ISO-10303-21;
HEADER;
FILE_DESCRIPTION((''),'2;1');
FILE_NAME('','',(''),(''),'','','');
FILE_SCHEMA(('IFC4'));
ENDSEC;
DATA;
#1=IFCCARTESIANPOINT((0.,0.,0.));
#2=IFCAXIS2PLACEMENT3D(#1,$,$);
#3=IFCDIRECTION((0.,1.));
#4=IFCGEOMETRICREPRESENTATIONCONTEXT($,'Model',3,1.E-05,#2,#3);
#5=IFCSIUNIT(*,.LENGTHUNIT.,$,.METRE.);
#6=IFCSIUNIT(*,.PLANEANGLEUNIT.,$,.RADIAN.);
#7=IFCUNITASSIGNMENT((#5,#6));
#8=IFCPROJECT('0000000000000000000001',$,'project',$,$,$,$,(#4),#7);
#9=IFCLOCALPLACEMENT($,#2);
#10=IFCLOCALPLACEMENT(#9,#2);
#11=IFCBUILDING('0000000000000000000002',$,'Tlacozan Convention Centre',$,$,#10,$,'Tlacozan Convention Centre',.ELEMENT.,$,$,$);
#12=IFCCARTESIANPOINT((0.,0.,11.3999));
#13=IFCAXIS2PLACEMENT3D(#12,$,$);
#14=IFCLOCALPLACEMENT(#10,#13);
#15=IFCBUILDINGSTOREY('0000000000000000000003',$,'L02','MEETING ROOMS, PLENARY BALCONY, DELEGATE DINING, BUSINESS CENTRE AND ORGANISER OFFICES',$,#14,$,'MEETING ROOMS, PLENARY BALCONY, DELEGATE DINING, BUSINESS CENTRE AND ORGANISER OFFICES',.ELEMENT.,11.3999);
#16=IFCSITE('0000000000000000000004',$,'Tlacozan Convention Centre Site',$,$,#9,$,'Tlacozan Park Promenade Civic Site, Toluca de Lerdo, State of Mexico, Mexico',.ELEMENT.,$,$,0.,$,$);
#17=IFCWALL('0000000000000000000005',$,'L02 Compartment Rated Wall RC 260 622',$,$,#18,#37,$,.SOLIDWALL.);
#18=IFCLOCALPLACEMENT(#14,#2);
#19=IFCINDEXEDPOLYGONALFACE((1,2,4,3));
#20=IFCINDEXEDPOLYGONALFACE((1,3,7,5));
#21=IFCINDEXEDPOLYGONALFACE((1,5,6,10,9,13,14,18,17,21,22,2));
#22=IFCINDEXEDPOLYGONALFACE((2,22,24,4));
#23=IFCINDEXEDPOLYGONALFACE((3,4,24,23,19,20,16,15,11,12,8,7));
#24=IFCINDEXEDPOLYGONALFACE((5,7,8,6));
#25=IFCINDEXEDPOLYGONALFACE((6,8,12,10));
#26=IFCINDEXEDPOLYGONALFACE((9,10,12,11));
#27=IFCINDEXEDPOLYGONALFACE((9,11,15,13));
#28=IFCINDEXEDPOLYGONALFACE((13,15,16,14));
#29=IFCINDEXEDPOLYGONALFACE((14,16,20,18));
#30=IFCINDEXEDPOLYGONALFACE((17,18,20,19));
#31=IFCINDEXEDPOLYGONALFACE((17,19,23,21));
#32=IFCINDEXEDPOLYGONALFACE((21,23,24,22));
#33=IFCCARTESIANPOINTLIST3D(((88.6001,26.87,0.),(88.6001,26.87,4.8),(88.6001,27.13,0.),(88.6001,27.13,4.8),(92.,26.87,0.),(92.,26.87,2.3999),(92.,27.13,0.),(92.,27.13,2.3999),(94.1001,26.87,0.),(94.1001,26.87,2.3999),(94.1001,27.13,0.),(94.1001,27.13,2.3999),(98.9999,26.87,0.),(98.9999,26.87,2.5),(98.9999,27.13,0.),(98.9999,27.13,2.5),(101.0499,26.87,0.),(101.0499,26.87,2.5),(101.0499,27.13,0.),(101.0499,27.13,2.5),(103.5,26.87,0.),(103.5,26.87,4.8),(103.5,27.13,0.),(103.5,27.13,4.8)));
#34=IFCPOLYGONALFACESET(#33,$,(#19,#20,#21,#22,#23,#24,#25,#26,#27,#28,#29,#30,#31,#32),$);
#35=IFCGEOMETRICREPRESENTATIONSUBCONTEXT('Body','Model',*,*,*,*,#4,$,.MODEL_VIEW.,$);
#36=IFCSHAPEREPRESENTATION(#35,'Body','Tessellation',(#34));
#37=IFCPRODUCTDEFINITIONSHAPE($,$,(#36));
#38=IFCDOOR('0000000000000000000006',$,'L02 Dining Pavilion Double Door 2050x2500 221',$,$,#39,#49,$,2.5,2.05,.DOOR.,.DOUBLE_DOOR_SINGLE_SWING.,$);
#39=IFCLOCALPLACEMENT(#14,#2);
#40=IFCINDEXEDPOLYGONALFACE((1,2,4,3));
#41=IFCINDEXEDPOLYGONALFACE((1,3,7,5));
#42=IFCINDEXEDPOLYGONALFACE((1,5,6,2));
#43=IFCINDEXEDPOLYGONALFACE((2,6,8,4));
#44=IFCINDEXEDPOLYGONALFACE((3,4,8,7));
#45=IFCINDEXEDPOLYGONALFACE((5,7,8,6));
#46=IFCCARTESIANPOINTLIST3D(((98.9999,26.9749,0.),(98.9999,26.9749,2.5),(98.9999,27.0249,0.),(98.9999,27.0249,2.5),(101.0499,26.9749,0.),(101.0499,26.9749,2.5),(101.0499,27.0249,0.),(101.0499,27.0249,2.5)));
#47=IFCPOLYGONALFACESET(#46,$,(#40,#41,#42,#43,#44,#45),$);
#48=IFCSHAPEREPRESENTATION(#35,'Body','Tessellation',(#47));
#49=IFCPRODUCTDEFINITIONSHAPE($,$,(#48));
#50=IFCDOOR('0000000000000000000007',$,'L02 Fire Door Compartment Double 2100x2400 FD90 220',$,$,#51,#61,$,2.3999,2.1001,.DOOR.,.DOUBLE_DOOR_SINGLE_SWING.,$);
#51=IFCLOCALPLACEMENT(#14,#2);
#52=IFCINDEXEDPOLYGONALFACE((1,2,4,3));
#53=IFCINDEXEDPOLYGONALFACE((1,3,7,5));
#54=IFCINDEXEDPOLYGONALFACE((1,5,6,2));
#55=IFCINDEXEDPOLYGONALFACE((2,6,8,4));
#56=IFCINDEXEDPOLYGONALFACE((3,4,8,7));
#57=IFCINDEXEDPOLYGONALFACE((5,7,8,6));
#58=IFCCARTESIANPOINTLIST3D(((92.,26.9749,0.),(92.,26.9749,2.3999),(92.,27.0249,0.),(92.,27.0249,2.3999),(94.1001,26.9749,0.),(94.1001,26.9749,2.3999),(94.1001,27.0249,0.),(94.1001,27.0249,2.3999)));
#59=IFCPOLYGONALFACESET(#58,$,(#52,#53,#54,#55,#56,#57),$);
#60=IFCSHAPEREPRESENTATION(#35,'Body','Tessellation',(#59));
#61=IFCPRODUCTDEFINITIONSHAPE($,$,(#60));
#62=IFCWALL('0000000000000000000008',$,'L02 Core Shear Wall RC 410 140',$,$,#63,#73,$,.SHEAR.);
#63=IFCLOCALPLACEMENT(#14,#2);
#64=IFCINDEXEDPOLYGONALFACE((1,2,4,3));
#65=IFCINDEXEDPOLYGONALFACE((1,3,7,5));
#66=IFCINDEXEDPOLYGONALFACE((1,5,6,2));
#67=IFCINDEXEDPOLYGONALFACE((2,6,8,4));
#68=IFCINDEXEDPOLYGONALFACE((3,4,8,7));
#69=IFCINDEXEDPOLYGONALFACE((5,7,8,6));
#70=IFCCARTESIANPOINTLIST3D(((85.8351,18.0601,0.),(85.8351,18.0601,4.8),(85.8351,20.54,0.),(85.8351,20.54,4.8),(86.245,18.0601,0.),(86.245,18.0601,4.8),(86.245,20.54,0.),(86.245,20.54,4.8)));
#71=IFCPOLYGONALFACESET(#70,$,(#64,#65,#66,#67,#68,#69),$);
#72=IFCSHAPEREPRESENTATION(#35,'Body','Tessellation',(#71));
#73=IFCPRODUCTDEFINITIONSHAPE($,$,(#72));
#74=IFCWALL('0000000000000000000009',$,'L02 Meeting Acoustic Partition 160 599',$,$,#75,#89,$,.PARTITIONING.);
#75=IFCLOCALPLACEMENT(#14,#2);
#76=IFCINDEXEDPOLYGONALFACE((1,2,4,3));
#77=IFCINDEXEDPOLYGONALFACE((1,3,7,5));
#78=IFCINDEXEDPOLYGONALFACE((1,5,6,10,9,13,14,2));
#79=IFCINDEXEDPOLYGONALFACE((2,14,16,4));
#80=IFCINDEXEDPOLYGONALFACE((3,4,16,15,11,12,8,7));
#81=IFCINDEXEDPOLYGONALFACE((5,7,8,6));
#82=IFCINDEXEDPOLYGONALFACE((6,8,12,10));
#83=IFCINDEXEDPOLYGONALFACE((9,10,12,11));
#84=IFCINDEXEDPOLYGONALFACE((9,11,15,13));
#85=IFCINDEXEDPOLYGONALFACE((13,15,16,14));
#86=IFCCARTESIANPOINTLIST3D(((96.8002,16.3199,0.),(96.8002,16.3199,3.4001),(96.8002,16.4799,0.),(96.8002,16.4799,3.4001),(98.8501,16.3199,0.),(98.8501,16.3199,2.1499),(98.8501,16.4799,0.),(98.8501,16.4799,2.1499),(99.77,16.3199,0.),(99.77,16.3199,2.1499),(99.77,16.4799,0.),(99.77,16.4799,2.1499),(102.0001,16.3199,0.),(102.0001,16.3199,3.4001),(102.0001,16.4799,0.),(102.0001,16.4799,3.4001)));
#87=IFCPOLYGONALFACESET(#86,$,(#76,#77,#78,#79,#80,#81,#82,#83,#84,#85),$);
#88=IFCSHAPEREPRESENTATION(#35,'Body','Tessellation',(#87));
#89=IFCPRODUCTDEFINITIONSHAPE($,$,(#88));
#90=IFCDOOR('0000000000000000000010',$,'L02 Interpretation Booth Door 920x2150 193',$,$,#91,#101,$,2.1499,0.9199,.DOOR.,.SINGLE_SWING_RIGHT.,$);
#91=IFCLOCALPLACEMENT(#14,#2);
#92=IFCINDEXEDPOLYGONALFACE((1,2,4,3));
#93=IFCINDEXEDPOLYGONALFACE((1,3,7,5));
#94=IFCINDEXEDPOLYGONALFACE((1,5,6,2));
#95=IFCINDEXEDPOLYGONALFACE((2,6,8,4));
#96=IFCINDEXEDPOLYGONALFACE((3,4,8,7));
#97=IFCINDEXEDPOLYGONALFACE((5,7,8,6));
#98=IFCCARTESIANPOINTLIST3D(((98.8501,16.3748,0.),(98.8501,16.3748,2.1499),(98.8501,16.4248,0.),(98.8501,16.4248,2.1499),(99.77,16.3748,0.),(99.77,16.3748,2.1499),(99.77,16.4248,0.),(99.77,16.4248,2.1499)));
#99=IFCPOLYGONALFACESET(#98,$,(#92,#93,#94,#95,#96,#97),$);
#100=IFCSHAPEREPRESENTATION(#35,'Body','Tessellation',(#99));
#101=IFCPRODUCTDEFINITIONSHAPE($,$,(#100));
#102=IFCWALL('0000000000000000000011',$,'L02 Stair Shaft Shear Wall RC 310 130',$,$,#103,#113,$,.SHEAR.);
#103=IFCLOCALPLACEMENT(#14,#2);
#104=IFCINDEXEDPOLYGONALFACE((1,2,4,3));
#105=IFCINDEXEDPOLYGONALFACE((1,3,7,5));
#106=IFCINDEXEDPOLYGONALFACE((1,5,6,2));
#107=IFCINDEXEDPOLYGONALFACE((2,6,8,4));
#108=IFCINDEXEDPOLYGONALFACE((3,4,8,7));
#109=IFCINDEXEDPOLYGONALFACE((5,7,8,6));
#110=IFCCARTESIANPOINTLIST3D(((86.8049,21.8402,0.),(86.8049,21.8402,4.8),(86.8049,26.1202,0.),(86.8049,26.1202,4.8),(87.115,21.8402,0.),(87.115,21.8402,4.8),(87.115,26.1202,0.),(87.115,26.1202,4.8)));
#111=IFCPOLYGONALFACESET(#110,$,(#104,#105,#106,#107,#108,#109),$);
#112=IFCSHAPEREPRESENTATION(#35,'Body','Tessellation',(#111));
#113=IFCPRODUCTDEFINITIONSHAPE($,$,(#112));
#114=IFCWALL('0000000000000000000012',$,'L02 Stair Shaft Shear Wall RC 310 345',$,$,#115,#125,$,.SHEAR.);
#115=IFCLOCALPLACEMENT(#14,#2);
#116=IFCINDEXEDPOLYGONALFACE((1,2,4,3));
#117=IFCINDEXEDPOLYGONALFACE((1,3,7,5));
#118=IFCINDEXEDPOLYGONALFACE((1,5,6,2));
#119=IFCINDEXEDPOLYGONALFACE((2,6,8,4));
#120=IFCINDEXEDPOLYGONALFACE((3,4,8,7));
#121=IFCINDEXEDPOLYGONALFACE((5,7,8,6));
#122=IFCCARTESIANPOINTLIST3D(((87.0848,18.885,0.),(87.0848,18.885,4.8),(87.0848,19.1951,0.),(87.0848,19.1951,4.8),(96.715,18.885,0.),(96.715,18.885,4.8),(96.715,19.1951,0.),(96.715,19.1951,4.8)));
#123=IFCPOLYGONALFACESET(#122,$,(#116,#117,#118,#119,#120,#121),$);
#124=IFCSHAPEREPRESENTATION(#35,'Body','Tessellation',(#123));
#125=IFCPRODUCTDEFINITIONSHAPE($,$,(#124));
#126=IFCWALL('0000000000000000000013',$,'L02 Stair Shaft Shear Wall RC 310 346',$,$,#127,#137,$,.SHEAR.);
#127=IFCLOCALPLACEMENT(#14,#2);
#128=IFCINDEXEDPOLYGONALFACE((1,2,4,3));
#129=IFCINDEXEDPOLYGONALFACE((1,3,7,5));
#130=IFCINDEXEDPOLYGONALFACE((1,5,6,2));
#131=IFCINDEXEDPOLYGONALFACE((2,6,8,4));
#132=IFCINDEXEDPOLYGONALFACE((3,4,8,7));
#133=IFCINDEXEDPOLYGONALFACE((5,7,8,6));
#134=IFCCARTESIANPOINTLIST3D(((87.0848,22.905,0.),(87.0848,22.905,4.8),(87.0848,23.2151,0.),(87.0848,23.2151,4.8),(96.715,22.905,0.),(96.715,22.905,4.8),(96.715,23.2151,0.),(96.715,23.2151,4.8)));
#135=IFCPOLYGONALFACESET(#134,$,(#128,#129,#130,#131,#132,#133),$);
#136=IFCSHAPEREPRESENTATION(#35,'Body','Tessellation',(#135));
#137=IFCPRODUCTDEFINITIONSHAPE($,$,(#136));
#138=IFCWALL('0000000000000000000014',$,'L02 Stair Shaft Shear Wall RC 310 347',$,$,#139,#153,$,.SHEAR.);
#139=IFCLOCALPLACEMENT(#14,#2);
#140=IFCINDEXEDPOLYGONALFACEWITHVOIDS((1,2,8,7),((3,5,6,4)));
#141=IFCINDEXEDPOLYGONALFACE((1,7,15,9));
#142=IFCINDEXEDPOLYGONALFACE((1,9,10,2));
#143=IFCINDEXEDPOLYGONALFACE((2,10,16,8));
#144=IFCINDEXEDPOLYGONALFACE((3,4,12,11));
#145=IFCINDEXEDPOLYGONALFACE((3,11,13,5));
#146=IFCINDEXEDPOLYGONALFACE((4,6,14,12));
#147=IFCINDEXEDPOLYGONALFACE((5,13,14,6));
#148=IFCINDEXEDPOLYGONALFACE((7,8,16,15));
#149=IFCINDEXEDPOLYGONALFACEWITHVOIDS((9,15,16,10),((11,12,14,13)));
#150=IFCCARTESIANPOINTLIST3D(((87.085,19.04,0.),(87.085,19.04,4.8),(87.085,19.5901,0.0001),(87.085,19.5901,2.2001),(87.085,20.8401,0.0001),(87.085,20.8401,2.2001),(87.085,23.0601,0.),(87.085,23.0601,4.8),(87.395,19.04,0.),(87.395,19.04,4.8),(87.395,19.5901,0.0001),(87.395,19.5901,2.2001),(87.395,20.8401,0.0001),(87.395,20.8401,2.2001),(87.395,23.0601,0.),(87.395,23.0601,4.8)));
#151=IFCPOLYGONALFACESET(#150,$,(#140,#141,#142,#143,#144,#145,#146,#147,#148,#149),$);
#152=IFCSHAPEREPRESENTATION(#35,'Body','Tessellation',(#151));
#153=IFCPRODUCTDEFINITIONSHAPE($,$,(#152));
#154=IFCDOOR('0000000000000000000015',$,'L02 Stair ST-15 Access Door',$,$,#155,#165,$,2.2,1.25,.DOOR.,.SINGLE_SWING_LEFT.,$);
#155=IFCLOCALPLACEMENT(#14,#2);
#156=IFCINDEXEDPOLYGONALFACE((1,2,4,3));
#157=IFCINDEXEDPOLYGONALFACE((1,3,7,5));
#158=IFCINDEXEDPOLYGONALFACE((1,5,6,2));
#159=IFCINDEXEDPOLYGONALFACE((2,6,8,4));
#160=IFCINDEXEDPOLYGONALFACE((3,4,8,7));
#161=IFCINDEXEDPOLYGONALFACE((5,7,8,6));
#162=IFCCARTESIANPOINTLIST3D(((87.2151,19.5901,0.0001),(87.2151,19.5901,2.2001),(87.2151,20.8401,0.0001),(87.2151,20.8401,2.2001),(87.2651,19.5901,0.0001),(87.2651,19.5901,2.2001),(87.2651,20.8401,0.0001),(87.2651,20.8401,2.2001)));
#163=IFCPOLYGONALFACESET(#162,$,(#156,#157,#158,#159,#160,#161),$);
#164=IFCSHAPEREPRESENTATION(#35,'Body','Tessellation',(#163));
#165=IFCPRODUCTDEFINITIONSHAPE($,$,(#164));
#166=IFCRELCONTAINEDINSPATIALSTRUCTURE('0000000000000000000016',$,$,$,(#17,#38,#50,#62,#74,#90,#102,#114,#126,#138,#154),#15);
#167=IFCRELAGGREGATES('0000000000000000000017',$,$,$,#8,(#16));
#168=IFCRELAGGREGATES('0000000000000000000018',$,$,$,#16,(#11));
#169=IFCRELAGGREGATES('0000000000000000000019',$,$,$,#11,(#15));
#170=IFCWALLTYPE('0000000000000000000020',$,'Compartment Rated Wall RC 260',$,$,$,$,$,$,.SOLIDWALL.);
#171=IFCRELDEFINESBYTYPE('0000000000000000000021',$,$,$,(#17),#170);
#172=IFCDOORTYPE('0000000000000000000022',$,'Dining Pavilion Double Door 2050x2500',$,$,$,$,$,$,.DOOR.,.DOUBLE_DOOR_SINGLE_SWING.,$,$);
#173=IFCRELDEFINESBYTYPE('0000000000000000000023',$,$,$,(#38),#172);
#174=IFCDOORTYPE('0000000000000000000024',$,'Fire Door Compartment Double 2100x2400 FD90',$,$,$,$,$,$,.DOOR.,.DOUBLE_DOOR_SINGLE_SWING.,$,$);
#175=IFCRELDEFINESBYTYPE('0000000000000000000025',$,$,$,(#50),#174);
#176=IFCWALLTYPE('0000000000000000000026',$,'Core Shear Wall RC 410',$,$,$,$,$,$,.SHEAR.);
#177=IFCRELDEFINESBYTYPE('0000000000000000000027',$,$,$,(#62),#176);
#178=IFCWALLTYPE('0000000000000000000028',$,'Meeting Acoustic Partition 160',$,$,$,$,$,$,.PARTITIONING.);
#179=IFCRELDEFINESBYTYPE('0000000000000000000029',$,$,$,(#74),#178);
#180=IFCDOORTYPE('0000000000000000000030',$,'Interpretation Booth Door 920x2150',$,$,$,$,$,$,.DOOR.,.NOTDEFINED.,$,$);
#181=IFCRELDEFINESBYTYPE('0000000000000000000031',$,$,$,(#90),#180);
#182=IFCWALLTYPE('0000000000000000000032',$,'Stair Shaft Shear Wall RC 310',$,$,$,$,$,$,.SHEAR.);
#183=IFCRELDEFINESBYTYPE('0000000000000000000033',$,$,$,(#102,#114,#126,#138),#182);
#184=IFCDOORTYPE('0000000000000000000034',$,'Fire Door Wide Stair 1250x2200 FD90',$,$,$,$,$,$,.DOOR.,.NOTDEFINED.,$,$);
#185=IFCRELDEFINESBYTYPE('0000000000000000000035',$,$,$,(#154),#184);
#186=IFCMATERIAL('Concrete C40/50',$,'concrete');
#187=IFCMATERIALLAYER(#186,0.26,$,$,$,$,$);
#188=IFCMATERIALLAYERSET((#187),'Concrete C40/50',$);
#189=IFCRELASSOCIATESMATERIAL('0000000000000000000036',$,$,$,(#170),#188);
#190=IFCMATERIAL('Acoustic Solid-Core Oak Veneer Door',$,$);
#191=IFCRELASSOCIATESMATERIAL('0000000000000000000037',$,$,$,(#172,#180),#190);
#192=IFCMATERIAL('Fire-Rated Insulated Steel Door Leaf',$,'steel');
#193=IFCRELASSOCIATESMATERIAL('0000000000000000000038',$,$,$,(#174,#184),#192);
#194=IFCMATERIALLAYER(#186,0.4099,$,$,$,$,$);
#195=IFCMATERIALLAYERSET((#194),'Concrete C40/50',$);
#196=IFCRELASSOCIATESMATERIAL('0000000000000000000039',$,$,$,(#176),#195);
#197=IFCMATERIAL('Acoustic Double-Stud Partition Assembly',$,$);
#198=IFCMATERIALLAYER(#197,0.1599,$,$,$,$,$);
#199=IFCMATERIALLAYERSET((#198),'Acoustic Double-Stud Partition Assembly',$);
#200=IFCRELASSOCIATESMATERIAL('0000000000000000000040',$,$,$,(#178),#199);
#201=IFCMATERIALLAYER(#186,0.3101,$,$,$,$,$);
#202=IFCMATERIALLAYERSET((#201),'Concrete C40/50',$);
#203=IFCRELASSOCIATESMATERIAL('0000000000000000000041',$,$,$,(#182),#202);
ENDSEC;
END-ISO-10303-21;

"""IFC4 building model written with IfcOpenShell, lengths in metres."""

from ifc_helpers import new_model, si_unit, direction, frame, frame_2d, origin, place, context, subcontext, project, spatial, rectangle, extrude, material, layer, layer_set, type_object, element, fill, save


model = new_model("IFC4")

# Units and contexts
model_context = context("Model", 3, precision=1e-05, world=origin(), true_north=direction((0.0, 1.0)))
body_context = subcontext(model_context, "Body", "Model", "MODEL_VIEW")
ifc_project = project(units=[si_unit("LENGTHUNIT", "METRE"), si_unit("PLANEANGLEUNIT", "RADIAN")], contexts=[model_context])

# Site, building, storey
site_placement = place(None, origin())
site = spatial("IfcSite", under=ifc_project, at=site_placement, Name="Tlacozan Convention Centre Site", LongName="Tlacozan Park Promenade Civic Site, Toluca de Lerdo, State of Mexico, Mexico", CompositionType="ELEMENT", RefElevation=0.0)
building_placement = place(site_placement, origin())
building = spatial("IfcBuilding", under=site, at=building_placement, Name="Tlacozan Convention Centre", LongName="Tlacozan Convention Centre", CompositionType="ELEMENT")
storey_placement = place(building_placement, frame((0.0, 0.0, 11.3999)))
storey = spatial("IfcBuildingStorey", under=building, at=storey_placement, Name="L02", Description="MEETING ROOMS, PLENARY BALCONY, DELEGATE DINING, BUSINESS CENTRE AND ORGANISER OFFICES", LongName="MEETING ROOMS, PLENARY BALCONY, DELEGATE DINING, BUSINESS CENTRE AND ORGANISER OFFICES", CompositionType="ELEMENT", Elevation=11.3999)

# Shared definitions
ifc_material_1 = material(Name="Concrete C40/50", Category="concrete")

# Wall, openings, doors
ifc_layer_1 = layer(ifc_material_1, 0.26)
ifc_layer_set_1 = layer_set([ifc_layer_1], Name="Concrete C40/50")
wall_type_1 = type_object("IfcWallType", Name="Compartment Rated Wall RC 260", PredefinedType="SOLIDWALL", material=ifc_layer_set_1)
wall_1_placement = place(storey_placement, frame((88.6001, 27.0, 0.0), z_axis=(0.0, 0.0, 1.0), x_axis=(1.0, 0.0, 0.0)))
wall_1 = element("IfcWall", 1, at=wall_1_placement, inside=storey, type_object=wall_type_1, Name="L02 Compartment Rated Wall RC 260 622", PredefinedType="SOLIDWALL", context=body_context, shape_type="SweptSolid", body=[
    extrude(rectangle(XDim=14.8999, YDim=0.26, at=frame_2d((7.45, 0.0))), origin(), (0.0, 0.0, 1.0), 4.8),
])
opening_1_placement = place(wall_1_placement, frame((3.3999, 0.0, 0.0)))
opening_1 = element("IfcOpeningElement", 2, at=opening_1_placement, cuts=wall_1, PredefinedType="OPENING", context=body_context, shape_type="SweptSolid", body=[
    extrude(rectangle(XDim=2.1001, YDim=2.3999, at=frame_2d((1.05, 1.2))), frame((0.0, 0.1399, 0.0), z_axis=(0.0, -1.0, 0.0), x_axis=(1.0, 0.0, 0.0)), (0.0, 0.0, 1.0), 0.28),
])
opening_2_placement = place(wall_1_placement, frame((10.3999, 0.0, 0.0)))
opening_2 = element("IfcOpeningElement", 3, at=opening_2_placement, cuts=wall_1, PredefinedType="OPENING", context=body_context, shape_type="SweptSolid", body=[
    extrude(rectangle(XDim=2.05, YDim=2.5, at=frame_2d((1.0249, 1.25))), frame((0.0, 0.1399, 0.0), z_axis=(0.0, -1.0, 0.0), x_axis=(1.0, 0.0, 0.0)), (0.0, 0.0, 1.0), 0.28),
])
ifc_material_2 = material(Name="Acoustic Solid-Core Oak Veneer Door")
door_type_1 = type_object("IfcDoorType", Name="Dining Pavilion Double Door 2050x2500", OperationType="DOUBLE_DOOR_SINGLE_SWING", PredefinedType="DOOR", material=ifc_material_2)
door_1_placement = place(opening_2_placement, origin())
door_1 = element("IfcDoor", 4, at=door_1_placement, inside=storey, type_object=door_type_1, Name="L02 Dining Pavilion Double Door 2050x2500 221", OperationType="DOUBLE_DOOR_SINGLE_SWING", OverallHeight=2.5, OverallWidth=2.05, PredefinedType="DOOR", context=body_context, shape_type="SweptSolid", body=[
    extrude(rectangle(XDim=2.05, YDim=2.5, at=frame_2d((1.0249, 1.25))), frame((0.0, 0.0249, 0.0), z_axis=(0.0, -1.0, 0.0), x_axis=(1.0, 0.0, 0.0)), (0.0, 0.0, 1.0), 0.05),
])
fill(opening_2, door_1)
ifc_material_3 = material(Name="Fire-Rated Insulated Steel Door Leaf", Category="steel")
door_type_2 = type_object("IfcDoorType", Name="Fire Door Compartment Double 2100x2400 FD90", OperationType="DOUBLE_DOOR_SINGLE_SWING", PredefinedType="DOOR", material=ifc_material_3)
door_2_placement = place(opening_1_placement, origin())
door_2 = element("IfcDoor", 5, at=door_2_placement, inside=storey, type_object=door_type_2, Name="L02 Fire Door Compartment Double 2100x2400 FD90 220", OperationType="DOUBLE_DOOR_SINGLE_SWING", OverallHeight=2.3999, OverallWidth=2.1001, PredefinedType="DOOR", context=body_context, shape_type="SweptSolid", body=[
    extrude(rectangle(XDim=2.1001, YDim=2.3999, at=frame_2d((1.05, 1.2))), frame((0.0, 0.0249, 0.0), z_axis=(0.0, -1.0, 0.0), x_axis=(1.0, 0.0, 0.0)), (0.0, 0.0, 1.0), 0.05),
])
fill(opening_1, door_2)

# Wall
ifc_layer_2 = layer(ifc_material_1, 0.4099)
ifc_layer_set_2 = layer_set([ifc_layer_2], Name="Concrete C40/50")
wall_type_2 = type_object("IfcWallType", Name="Core Shear Wall RC 410", PredefinedType="SHEAR", material=ifc_layer_set_2)
wall_2_placement = place(storey_placement, frame((86.04, 18.0601, 0.0), z_axis=(0.0, 0.0, 1.0), x_axis=(0.0, 1.0, 0.0)))
element("IfcWall", 6, at=wall_2_placement, inside=storey, type_object=wall_type_2, Name="L02 Core Shear Wall RC 410 140", PredefinedType="SHEAR", context=body_context, shape_type="SweptSolid", body=[
    extrude(rectangle(XDim=2.48, YDim=0.4099, at=frame_2d((1.24, 0.0))), origin(), (0.0, 0.0, 1.0), 4.8),
])

# Wall, opening, door
ifc_material_4 = material(Name="Acoustic Double-Stud Partition Assembly")
ifc_layer_3 = layer(ifc_material_4, 0.1599)
ifc_layer_set_3 = layer_set([ifc_layer_3], Name="Acoustic Double-Stud Partition Assembly")
wall_type_3 = type_object("IfcWallType", Name="Meeting Acoustic Partition 160", PredefinedType="PARTITIONING", material=ifc_layer_set_3)
wall_3_placement = place(storey_placement, frame((96.8, 16.3999, 0.0), z_axis=(0.0, 0.0, 1.0), x_axis=(1.0, 0.0, 0.0)))
wall_3 = element("IfcWall", 7, at=wall_3_placement, inside=storey, type_object=wall_type_3, Name="L02 Meeting Acoustic Partition 160 599", PredefinedType="PARTITIONING", context=body_context, shape_type="SweptSolid", body=[
    extrude(rectangle(XDim=5.2, YDim=0.1599, at=frame_2d((2.6001, 0.0))), origin(), (0.0, 0.0, 1.0), 3.4001),
])
opening_3_placement = place(wall_3_placement, frame((2.05, 0.0, 0.0)))
opening_3 = element("IfcOpeningElement", 8, at=opening_3_placement, cuts=wall_3, PredefinedType="OPENING", context=body_context, shape_type="SweptSolid", body=[
    extrude(rectangle(XDim=0.9199, YDim=2.1499, at=frame_2d((0.46, 1.075))), frame((0.0, 0.0898, 0.0), z_axis=(0.0, -1.0, 0.0), x_axis=(1.0, 0.0, 0.0)), (0.0, 0.0, 1.0), 0.1799),
])
door_type_3 = type_object("IfcDoorType", Name="Interpretation Booth Door 920x2150", OperationType="NOTDEFINED", PredefinedType="DOOR", material=ifc_material_2)
door_3_placement = place(opening_3_placement, origin())
door_3 = element("IfcDoor", 9, at=door_3_placement, inside=storey, type_object=door_type_3, Name="L02 Interpretation Booth Door 920x2150 193", OperationType="SINGLE_SWING_RIGHT", OverallHeight=2.1499, OverallWidth=0.9199, PredefinedType="DOOR", context=body_context, shape_type="SweptSolid", body=[
    extrude(rectangle(XDim=0.9199, YDim=2.1499, at=frame_2d((0.46, 1.075))), frame((0.0, 0.0249, 0.0), z_axis=(0.0, -1.0, 0.0), x_axis=(1.0, 0.0, 0.0)), (0.0, 0.0, 1.0), 0.05),
])
fill(opening_3, door_3)

# Walls
ifc_layer_4 = layer(ifc_material_1, 0.3101)
ifc_layer_set_4 = layer_set([ifc_layer_4], Name="Concrete C40/50")
wall_type_4 = type_object("IfcWallType", Name="Stair Shaft Shear Wall RC 310", PredefinedType="SHEAR", material=ifc_layer_set_4)
wall_4_placement = place(storey_placement, frame((86.96, 21.8401, 0.0), z_axis=(0.0, 0.0, 1.0), x_axis=(0.0, 1.0, 0.0)))
element("IfcWall", 10, at=wall_4_placement, inside=storey, type_object=wall_type_4, Name="L02 Stair Shaft Shear Wall RC 310 130", PredefinedType="SHEAR", context=body_context, shape_type="SweptSolid", body=[
    extrude(rectangle(XDim=4.28, YDim=0.3101, at=frame_2d((2.1401, 0.0))), origin(), (0.0, 0.0, 1.0), 4.8),
])
for number, where, z_axis, x_axis, name in (
    (11, (87.085, 19.04, 0.0), (0.0, 0.0, 1.0), (1.0, 0.0, 0.0), "L02 Stair Shaft Shear Wall RC 310 345"),
    (12, (87.085, 23.0601, 0.0), (0.0, 0.0, 1.0), (1.0, 0.0, 0.0), "L02 Stair Shaft Shear Wall RC 310 346"),
):
    element("IfcWall", number, at=place(storey_placement, frame(where, z_axis=z_axis, x_axis=x_axis)), inside=storey, type_object=wall_type_4, Name=name, PredefinedType="SHEAR", context=body_context, shape_type="SweptSolid", body=[
        extrude(rectangle(XDim=9.6301, YDim=0.3101, at=frame_2d((4.8149, 0.0))), origin(), (0.0, 0.0, 1.0), 4.8),
    ])

# Wall, opening, door
wall_5_placement = place(storey_placement, frame((87.24, 19.04, 0.0), z_axis=(0.0, 0.0, 1.0), x_axis=(0.0, 1.0, 0.0)))
wall_5 = element("IfcWall", 13, at=wall_5_placement, inside=storey, type_object=wall_type_4, Name="L02 Stair Shaft Shear Wall RC 310 347", PredefinedType="SHEAR", context=body_context, shape_type="SweptSolid", body=[
    extrude(rectangle(XDim=4.02, YDim=0.3101, at=frame_2d((2.01, 0.0))), origin(), (0.0, 0.0, 1.0), 4.8),
])
opening_4_placement = place(wall_5_placement, frame((0.55, 0.0, 0.0)))
opening_4 = element("IfcOpeningElement", 14, at=opening_4_placement, cuts=wall_5, PredefinedType="OPENING", context=body_context, shape_type="SweptSolid", body=[
    extrude(rectangle(XDim=1.25, YDim=2.2, at=frame_2d((0.625, 1.1001))), frame((0.0, 0.165, 0.0), z_axis=(0.0, -1.0, 0.0), x_axis=(1.0, 0.0, 0.0)), (0.0, 0.0, 1.0), 0.3301),
])
door_type_4 = type_object("IfcDoorType", Name="Fire Door Wide Stair 1250x2200 FD90", OperationType="NOTDEFINED", PredefinedType="DOOR", material=ifc_material_3)
door_4_placement = place(opening_4_placement, origin())
door_4 = element("IfcDoor", 15, at=door_4_placement, inside=storey, type_object=door_type_4, Name="L02 Stair ST-15 Access Door", OperationType="SINGLE_SWING_LEFT", OverallHeight=2.2, OverallWidth=1.25, PredefinedType="DOOR", context=body_context, shape_type="SweptSolid", body=[
    extrude(rectangle(XDim=1.25, YDim=2.2, at=frame_2d((0.625, 1.1001))), frame((0.0, 0.0249, 0.0), z_axis=(0.0, -1.0, 0.0), x_axis=(1.0, 0.0, 0.0)), (0.0, 0.0, 1.0), 0.05),
])
fill(opening_4, door_4)

save(model, "model.ifc")
